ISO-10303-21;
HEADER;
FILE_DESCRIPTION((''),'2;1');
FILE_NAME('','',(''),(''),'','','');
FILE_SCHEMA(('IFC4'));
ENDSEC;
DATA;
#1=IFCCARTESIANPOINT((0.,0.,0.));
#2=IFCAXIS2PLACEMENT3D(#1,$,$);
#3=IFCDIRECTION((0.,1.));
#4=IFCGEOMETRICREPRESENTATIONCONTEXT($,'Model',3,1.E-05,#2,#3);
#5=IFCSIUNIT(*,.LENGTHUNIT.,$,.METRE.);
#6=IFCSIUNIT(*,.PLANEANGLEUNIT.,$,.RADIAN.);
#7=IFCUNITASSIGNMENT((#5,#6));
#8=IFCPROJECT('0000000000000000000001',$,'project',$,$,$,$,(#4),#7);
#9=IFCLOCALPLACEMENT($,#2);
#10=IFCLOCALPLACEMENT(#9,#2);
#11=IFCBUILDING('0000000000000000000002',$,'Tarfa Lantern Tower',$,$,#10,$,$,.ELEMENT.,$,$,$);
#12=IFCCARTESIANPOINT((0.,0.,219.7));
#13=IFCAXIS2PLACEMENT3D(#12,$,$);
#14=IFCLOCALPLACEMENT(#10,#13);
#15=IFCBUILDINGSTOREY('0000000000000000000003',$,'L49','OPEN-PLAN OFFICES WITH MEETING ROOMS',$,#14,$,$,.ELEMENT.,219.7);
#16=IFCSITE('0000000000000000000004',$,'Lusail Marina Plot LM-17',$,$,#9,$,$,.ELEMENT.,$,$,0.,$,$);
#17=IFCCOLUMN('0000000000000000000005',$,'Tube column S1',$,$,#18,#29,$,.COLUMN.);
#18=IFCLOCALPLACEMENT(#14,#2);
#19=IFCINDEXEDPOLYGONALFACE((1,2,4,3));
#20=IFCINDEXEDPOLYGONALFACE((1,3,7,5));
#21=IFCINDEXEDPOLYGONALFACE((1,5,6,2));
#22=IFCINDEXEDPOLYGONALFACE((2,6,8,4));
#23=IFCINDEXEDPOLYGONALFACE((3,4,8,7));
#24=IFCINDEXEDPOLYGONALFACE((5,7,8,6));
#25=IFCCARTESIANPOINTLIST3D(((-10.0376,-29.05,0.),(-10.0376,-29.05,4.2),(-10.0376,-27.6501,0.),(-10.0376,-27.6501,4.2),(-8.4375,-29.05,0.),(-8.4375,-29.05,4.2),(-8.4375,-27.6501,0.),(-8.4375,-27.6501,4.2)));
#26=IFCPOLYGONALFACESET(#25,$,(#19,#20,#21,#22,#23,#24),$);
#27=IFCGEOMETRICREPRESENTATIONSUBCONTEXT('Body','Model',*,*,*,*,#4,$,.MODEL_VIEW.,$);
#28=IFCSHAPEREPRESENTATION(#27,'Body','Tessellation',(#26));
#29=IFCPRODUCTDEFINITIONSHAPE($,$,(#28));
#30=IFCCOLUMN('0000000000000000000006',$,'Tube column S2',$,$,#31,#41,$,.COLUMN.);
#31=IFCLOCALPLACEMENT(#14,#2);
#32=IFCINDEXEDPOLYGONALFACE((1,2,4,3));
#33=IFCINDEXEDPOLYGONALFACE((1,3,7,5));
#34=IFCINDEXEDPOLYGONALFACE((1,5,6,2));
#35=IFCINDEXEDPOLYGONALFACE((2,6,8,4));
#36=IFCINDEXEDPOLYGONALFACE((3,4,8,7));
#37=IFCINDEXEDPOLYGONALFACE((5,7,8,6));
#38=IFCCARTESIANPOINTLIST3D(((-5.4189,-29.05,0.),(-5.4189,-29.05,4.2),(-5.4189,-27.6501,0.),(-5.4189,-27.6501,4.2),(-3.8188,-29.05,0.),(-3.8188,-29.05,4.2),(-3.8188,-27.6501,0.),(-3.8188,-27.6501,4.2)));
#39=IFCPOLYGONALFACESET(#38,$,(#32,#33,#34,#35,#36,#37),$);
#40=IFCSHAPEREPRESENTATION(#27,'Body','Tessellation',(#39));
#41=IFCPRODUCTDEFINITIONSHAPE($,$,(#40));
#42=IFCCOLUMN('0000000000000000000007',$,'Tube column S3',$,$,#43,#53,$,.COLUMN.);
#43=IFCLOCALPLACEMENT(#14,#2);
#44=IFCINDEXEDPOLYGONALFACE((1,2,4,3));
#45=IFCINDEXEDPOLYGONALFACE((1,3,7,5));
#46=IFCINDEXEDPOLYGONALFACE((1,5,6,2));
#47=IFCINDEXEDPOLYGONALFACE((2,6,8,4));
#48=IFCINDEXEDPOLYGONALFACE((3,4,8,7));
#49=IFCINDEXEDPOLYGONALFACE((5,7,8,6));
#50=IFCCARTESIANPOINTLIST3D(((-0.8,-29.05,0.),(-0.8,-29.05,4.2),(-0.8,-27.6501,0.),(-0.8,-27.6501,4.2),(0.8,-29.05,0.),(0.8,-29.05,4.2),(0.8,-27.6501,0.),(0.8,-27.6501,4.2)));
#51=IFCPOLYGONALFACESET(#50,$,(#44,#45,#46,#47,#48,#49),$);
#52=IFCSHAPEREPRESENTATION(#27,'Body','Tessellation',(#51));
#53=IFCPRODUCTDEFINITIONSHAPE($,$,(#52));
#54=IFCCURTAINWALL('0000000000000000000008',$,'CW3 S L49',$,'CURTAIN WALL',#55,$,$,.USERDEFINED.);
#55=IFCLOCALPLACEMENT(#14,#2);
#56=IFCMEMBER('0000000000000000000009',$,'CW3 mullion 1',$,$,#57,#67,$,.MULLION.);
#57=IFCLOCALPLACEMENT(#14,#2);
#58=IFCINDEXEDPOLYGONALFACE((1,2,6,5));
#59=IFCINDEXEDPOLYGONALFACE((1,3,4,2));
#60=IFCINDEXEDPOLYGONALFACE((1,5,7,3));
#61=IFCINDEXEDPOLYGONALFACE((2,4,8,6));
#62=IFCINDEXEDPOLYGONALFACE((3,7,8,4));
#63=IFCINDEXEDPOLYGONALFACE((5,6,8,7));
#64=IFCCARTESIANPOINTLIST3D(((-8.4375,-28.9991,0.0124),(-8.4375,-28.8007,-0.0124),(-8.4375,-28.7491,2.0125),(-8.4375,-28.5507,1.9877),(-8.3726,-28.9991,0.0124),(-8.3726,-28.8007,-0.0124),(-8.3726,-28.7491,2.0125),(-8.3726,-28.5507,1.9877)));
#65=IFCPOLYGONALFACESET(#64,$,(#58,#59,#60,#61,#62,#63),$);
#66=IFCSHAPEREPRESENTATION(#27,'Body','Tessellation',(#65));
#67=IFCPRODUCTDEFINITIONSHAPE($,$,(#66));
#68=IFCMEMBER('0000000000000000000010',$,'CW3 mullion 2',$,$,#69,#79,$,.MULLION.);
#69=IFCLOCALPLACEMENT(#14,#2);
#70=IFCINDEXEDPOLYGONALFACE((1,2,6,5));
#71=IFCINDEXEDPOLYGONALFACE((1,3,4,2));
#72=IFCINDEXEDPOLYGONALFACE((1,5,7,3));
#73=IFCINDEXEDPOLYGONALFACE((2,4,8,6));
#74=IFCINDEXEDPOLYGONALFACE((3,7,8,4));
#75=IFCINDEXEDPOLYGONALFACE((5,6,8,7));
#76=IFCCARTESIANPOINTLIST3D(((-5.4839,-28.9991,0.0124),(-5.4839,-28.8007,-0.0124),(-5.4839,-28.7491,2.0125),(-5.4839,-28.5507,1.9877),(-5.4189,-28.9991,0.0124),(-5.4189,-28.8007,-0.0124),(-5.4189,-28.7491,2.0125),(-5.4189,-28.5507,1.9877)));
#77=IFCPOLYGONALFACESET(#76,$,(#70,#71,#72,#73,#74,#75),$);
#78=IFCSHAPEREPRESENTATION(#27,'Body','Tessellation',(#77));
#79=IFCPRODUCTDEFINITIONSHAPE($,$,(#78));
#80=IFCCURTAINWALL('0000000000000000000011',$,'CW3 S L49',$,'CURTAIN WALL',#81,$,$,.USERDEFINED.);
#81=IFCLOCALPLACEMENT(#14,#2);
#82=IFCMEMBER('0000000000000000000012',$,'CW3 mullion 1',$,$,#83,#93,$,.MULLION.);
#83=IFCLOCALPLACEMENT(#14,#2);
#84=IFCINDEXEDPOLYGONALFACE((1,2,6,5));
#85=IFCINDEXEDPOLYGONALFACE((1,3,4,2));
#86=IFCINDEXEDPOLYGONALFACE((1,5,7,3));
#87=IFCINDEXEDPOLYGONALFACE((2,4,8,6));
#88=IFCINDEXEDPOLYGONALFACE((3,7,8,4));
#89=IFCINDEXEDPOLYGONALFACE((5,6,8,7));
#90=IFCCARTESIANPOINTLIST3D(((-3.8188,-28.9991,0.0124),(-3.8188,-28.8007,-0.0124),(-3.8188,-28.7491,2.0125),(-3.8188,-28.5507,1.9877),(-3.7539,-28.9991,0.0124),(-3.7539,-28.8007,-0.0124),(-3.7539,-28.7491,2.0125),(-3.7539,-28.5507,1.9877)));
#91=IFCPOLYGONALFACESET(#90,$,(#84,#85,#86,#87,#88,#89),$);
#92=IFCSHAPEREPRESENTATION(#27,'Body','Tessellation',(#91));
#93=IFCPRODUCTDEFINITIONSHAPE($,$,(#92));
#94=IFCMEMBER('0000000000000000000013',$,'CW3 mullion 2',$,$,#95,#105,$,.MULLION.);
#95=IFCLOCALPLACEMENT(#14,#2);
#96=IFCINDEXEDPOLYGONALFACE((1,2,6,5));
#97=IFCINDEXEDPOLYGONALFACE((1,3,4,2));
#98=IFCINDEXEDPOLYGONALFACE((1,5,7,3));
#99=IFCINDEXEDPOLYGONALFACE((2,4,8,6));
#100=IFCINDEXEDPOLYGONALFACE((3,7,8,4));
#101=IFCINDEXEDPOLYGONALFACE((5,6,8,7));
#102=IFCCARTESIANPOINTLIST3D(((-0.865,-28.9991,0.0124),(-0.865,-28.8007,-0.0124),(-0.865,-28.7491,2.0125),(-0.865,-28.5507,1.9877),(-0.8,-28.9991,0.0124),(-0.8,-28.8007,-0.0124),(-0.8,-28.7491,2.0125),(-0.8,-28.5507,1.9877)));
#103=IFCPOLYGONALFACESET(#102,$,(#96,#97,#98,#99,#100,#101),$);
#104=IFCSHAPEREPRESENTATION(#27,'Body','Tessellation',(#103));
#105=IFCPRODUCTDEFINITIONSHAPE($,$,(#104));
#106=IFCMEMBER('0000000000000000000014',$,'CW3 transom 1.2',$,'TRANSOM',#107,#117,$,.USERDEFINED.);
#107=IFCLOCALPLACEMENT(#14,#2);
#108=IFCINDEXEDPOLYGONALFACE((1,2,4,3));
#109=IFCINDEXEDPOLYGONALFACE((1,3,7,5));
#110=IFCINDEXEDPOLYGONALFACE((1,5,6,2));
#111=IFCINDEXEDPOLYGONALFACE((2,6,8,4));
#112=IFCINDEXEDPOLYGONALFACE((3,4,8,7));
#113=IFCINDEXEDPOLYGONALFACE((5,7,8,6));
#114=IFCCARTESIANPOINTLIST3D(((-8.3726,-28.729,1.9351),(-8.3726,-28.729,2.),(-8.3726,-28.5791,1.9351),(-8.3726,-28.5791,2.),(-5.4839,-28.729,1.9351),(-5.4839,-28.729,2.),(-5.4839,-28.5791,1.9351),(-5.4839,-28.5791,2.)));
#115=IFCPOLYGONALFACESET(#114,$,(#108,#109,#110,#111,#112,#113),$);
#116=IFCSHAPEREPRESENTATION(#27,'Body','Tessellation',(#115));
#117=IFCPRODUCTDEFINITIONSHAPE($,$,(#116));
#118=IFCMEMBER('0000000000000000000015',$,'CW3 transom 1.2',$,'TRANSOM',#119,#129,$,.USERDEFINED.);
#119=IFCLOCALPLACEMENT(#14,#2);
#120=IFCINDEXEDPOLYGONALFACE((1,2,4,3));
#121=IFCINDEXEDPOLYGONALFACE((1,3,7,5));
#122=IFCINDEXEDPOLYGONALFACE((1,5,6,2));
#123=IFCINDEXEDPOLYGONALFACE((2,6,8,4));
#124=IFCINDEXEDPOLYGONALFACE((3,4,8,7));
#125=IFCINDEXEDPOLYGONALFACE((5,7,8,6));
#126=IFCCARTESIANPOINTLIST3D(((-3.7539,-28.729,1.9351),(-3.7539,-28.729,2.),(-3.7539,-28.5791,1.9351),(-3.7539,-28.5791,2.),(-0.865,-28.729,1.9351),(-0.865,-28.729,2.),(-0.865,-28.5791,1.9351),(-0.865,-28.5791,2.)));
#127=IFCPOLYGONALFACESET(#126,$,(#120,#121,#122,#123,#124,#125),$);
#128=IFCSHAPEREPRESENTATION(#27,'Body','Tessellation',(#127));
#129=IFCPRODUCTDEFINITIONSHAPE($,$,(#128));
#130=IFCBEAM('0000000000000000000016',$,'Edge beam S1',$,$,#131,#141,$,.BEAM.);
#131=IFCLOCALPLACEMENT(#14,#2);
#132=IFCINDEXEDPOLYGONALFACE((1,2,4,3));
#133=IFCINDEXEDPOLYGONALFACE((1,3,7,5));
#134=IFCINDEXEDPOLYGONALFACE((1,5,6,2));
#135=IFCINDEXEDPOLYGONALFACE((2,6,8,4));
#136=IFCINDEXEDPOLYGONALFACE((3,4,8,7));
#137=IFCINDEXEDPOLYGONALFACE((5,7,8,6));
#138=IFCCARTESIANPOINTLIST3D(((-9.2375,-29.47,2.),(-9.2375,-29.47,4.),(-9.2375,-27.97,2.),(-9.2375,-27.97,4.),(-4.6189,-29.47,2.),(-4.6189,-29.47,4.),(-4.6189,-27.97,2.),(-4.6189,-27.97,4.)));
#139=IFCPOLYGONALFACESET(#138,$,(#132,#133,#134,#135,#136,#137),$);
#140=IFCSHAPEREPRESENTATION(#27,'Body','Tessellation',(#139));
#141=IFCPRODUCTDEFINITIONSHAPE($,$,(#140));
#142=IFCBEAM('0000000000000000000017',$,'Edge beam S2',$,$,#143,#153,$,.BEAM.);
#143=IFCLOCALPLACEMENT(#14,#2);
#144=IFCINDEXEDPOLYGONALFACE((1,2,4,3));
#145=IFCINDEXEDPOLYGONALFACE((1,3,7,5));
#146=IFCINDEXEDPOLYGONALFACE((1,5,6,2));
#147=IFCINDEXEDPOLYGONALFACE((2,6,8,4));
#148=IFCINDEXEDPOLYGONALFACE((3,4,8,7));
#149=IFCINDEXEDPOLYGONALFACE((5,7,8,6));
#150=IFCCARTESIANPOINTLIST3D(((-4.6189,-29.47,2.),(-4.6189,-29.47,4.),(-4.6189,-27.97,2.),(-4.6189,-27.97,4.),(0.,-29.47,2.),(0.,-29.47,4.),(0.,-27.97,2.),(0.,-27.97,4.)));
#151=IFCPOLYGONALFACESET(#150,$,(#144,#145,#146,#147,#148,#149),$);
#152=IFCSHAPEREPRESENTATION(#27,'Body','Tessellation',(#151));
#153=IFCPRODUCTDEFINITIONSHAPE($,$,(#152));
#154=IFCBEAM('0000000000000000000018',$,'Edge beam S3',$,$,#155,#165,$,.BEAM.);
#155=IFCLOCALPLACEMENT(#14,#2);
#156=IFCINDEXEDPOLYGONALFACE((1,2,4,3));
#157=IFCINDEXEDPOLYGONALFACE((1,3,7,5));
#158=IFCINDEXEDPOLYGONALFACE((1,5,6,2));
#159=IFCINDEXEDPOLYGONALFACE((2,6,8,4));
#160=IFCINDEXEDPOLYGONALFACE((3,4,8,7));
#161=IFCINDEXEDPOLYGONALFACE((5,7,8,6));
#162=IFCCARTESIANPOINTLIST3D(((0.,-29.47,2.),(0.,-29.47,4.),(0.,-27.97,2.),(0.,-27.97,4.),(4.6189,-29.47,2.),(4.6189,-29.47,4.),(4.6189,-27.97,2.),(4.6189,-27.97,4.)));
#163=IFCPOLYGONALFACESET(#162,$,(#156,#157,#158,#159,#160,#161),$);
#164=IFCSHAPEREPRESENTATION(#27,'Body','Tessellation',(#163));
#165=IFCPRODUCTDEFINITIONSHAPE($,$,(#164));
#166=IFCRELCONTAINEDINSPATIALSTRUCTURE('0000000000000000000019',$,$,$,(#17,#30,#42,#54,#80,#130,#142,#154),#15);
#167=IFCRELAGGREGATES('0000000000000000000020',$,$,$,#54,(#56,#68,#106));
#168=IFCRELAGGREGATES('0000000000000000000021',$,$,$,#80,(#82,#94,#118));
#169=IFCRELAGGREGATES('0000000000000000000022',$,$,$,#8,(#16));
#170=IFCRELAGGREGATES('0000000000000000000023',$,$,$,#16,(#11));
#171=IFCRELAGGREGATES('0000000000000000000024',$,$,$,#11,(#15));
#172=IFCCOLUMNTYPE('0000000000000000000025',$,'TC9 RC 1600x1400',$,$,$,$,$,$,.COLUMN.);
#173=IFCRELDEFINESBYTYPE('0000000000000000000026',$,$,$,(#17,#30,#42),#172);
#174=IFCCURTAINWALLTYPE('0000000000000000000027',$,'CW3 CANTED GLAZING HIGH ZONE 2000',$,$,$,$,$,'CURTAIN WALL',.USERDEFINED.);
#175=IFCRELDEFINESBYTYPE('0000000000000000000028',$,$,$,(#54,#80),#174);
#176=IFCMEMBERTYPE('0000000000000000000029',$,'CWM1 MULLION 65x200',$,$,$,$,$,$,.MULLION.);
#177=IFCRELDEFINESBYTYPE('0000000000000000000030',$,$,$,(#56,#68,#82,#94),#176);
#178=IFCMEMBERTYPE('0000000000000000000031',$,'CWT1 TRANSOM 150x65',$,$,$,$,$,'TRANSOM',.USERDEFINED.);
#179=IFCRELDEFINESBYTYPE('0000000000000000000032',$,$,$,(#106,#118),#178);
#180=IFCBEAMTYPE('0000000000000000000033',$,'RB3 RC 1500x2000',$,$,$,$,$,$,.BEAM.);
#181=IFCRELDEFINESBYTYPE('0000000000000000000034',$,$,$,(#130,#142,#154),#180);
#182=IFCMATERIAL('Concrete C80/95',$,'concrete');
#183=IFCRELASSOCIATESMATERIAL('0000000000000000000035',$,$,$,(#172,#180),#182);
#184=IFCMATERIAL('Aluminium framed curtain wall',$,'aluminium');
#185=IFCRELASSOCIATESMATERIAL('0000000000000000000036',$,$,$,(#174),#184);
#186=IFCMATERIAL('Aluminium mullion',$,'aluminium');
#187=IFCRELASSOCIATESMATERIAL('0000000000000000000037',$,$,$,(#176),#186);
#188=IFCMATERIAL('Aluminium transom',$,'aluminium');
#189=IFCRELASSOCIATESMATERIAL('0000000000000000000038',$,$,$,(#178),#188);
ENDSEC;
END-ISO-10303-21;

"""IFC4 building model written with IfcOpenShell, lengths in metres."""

from ifc_helpers import new_model, si_unit, direction, frame, origin, origin_2d, place, context, subcontext, project, spatial, rectangle, extrude, material, material_profile, profile_set, type_object, element, aggregate, save


model = new_model("IFC4")

# Units and contexts
model_context = context("Model", 3, precision=1e-05, world=origin(), true_north=direction((0.0, 1.0)))
body_context = subcontext(model_context, "Body", "Model", "MODEL_VIEW")
ifc_project = project(units=[si_unit("LENGTHUNIT", "METRE"), si_unit("PLANEANGLEUNIT", "RADIAN")], contexts=[model_context])

# Site, building, storey
site_placement = place(None, origin())
site = spatial("IfcSite", under=ifc_project, at=site_placement, Name="Lusail Marina Plot LM-17", CompositionType="ELEMENT", RefElevation=0.0)
building_placement = place(site_placement, origin())
building = spatial("IfcBuilding", under=site, at=building_placement, Name="Tarfa Lantern Tower", CompositionType="ELEMENT")
storey_placement = place(building_placement, frame((0.0, 0.0, 219.7)))
storey = spatial("IfcBuildingStorey", under=building, at=storey_placement, Name="L49", Description="OPEN-PLAN OFFICES WITH MEETING ROOMS", CompositionType="ELEMENT", Elevation=219.7)

# Columns
ifc_material_1 = material(Name="Concrete C80/95", Category="concrete")
ifc_material_profile_1 = material_profile(ifc_material_1, rectangle(XDim=1.6001, YDim=1.3999, at=origin_2d()), Name="RC 1600x1400")
ifc_profile_set_1 = profile_set([ifc_material_profile_1], Name="Concrete C80/95")
column_type = type_object("IfcColumnType", Name="TC9 RC 1600x1400", PredefinedType="COLUMN", material=ifc_profile_set_1)
for number, where, z_axis, x_axis, name in (
    (1, (-9.2375, -28.3501, 0.0), (0.0, 0.0, 1.0), (1.0, 0.0, 0.0), "Tube column S1"),
    (2, (-4.6189, -28.3501, 0.0), (0.0, 0.0, 1.0), (1.0, 0.0, 0.0), "Tube column S2"),
    (3, (0.0, -28.3501, 0.0), (0.0, 0.0, 1.0), (1.0, 0.0, 0.0), "Tube column S3"),
):
    element("IfcColumn", number, at=place(storey_placement, frame(where, z_axis=z_axis, x_axis=x_axis)), inside=storey, type_object=column_type, Name=name, PredefinedType="COLUMN", context=body_context, shape_type="SweptSolid", body=[
        extrude(rectangle(XDim=1.6001, YDim=1.3999, at=origin_2d()), origin(), (0.0, 0.0, 1.0), 4.2),
    ])

# Curtain walls, members
ifc_material_2 = material(Name="Aluminium framed curtain wall", Category="aluminium")
curtain_wall_type = type_object("IfcCurtainWallType", Name="CW3 CANTED GLAZING HIGH ZONE 2000", ElementType="CURTAIN WALL", PredefinedType="USERDEFINED", material=ifc_material_2)
curtain_wall_1_placement = place(storey_placement, origin())
curtain_wall_1 = element("IfcCurtainWall", 4, at=curtain_wall_1_placement, inside=storey, type_object=curtain_wall_type, Name="CW3 S L49", ObjectType="CURTAIN WALL", PredefinedType="USERDEFINED")
ifc_material_3 = material(Name="Aluminium mullion", Category="aluminium")
ifc_material_profile_2 = material_profile(ifc_material_3, rectangle(XDim=0.0649, YDim=0.2, at=origin_2d()), Name="AL MULLION 65x200")
ifc_profile_set_2 = profile_set([ifc_material_profile_2], Name="Aluminium mullion")
member_type_1 = type_object("IfcMemberType", Name="CWM1 MULLION 65x200", PredefinedType="MULLION", material=ifc_profile_set_2)
member_1_placement = place(storey_placement, frame((-8.405, -28.8999, 0.0), z_axis=(0.0, 0.124035, 0.992278), x_axis=(-1.0, 0.0, 0.0)))
member_1 = element("IfcMember", 5, at=member_1_placement, type_object=member_type_1, Name="CW3 mullion 1", PredefinedType="MULLION", context=body_context, shape_type="SweptSolid", body=[
    extrude(rectangle(XDim=0.0649, YDim=0.2, at=origin_2d()), origin(), (0.0, 0.0, 1.0), 2.0156),
])
member_2_placement = place(storey_placement, frame((-5.4514, -28.8999, 0.0), z_axis=(0.0, 0.124035, 0.992278), x_axis=(-1.0, 0.0, 0.0)))
member_2 = element("IfcMember", 6, at=member_2_placement, type_object=member_type_1, Name="CW3 mullion 2", PredefinedType="MULLION", context=body_context, shape_type="SweptSolid", body=[
    extrude(rectangle(XDim=0.0649, YDim=0.2, at=origin_2d()), origin(), (0.0, 0.0, 1.0), 2.0156),
])
curtain_wall_2_placement = place(storey_placement, origin())
curtain_wall_2 = element("IfcCurtainWall", 7, at=curtain_wall_2_placement, inside=storey, type_object=curtain_wall_type, Name="CW3 S L49", ObjectType="CURTAIN WALL", PredefinedType="USERDEFINED")
member_3_placement = place(storey_placement, frame((-3.7864, -28.8999, 0.0), z_axis=(0.0, 0.124035, 0.992278), x_axis=(-1.0, 0.0, 0.0)))
member_3 = element("IfcMember", 8, at=member_3_placement, type_object=member_type_1, Name="CW3 mullion 1", PredefinedType="MULLION", context=body_context, shape_type="SweptSolid", body=[
    extrude(rectangle(XDim=0.0649, YDim=0.2, at=origin_2d()), origin(), (0.0, 0.0, 1.0), 2.0156),
])
member_4_placement = place(storey_placement, frame((-0.8325, -28.8999, 0.0), z_axis=(0.0, 0.124035, 0.992278), x_axis=(-1.0, 0.0, 0.0)))
member_4 = element("IfcMember", 9, at=member_4_placement, type_object=member_type_1, Name="CW3 mullion 2", PredefinedType="MULLION", context=body_context, shape_type="SweptSolid", body=[
    extrude(rectangle(XDim=0.0649, YDim=0.2, at=origin_2d()), origin(), (0.0, 0.0, 1.0), 2.0156),
])

# Members
ifc_material_4 = material(Name="Aluminium transom", Category="aluminium")
ifc_material_profile_3 = material_profile(ifc_material_4, rectangle(XDim=0.1499, YDim=0.0649, at=origin_2d()), Name="AL TRANSOM 150x65")
ifc_profile_set_3 = profile_set([ifc_material_profile_3], Name="Aluminium transom")
member_type_2 = type_object("IfcMemberType", Name="CWT1 TRANSOM 150x65", ElementType="TRANSOM", PredefinedType="USERDEFINED", material=ifc_profile_set_3)
member_5_placement = place(storey_placement, frame((-8.3726, -28.6541, 1.9675), z_axis=(1.0, 0.0, 0.0), x_axis=(0.0, 1.0, 0.0)))
member_5 = element("IfcMember", 10, at=member_5_placement, type_object=member_type_2, Name="CW3 transom 1.2", ObjectType="TRANSOM", PredefinedType="USERDEFINED", context=body_context, shape_type="SweptSolid", body=[
    extrude(rectangle(XDim=0.1499, YDim=0.0649, at=origin_2d()), origin(), (0.0, 0.0, 1.0), 2.8887),
])
member_6_placement = place(storey_placement, frame((-3.7539, -28.6541, 1.9675), z_axis=(1.0, 0.0, 0.0), x_axis=(0.0, 1.0, 0.0)))
member_6 = element("IfcMember", 11, at=member_6_placement, type_object=member_type_2, Name="CW3 transom 1.2", ObjectType="TRANSOM", PredefinedType="USERDEFINED", context=body_context, shape_type="SweptSolid", body=[
    extrude(rectangle(XDim=0.1499, YDim=0.0649, at=origin_2d()), origin(), (0.0, 0.0, 1.0), 2.8889),
])

# Beams
ifc_material_profile_4 = material_profile(ifc_material_1, rectangle(XDim=1.5, YDim=2.0, at=origin_2d()), Name="RC 1500x2000")
ifc_profile_set_4 = profile_set([ifc_material_profile_4], Name="Concrete C80/95")
beam_type_1 = type_object("IfcBeamType", Name="RB3 RC 1500x2000", PredefinedType="BEAM", material=ifc_profile_set_4)
beam_placement = place(storey_placement, frame((-9.2375, -28.72, 3.0), z_axis=(1.0, 0.0, 0.0), x_axis=(0.0, 1.0, 0.0)))
element("IfcBeam", 12, at=beam_placement, inside=storey, type_object=beam_type_1, Name="Edge beam S1", PredefinedType="BEAM", context=body_context, shape_type="SweptSolid", body=[
    extrude(rectangle(XDim=1.5, YDim=2.0, at=origin_2d()), origin(), (0.0, 0.0, 1.0), 4.6187),
])
for number, where, z_axis, x_axis, name in (
    (13, (-4.6189, -28.72, 3.0), (1.0, 0.0, 0.0), (0.0, 1.0, 0.0), "Edge beam S2"),
    (14, (0.0, -28.72, 3.0), (1.0, 0.0, 0.0), (0.0, 1.0, 0.0), "Edge beam S3"),
):
    element("IfcBeam", number, at=place(storey_placement, frame(where, z_axis=z_axis, x_axis=x_axis)), inside=storey, type_object=beam_type_1, Name=name, PredefinedType="BEAM", context=body_context, shape_type="SweptSolid", body=[
        extrude(rectangle(XDim=1.5, YDim=2.0, at=origin_2d()), origin(), (0.0, 0.0, 1.0), 4.6189),
    ])

aggregate(curtain_wall_1, [member_1, member_2, member_5])
aggregate(curtain_wall_2, [member_3, member_4, member_6])

save(model, "model.ifc")
